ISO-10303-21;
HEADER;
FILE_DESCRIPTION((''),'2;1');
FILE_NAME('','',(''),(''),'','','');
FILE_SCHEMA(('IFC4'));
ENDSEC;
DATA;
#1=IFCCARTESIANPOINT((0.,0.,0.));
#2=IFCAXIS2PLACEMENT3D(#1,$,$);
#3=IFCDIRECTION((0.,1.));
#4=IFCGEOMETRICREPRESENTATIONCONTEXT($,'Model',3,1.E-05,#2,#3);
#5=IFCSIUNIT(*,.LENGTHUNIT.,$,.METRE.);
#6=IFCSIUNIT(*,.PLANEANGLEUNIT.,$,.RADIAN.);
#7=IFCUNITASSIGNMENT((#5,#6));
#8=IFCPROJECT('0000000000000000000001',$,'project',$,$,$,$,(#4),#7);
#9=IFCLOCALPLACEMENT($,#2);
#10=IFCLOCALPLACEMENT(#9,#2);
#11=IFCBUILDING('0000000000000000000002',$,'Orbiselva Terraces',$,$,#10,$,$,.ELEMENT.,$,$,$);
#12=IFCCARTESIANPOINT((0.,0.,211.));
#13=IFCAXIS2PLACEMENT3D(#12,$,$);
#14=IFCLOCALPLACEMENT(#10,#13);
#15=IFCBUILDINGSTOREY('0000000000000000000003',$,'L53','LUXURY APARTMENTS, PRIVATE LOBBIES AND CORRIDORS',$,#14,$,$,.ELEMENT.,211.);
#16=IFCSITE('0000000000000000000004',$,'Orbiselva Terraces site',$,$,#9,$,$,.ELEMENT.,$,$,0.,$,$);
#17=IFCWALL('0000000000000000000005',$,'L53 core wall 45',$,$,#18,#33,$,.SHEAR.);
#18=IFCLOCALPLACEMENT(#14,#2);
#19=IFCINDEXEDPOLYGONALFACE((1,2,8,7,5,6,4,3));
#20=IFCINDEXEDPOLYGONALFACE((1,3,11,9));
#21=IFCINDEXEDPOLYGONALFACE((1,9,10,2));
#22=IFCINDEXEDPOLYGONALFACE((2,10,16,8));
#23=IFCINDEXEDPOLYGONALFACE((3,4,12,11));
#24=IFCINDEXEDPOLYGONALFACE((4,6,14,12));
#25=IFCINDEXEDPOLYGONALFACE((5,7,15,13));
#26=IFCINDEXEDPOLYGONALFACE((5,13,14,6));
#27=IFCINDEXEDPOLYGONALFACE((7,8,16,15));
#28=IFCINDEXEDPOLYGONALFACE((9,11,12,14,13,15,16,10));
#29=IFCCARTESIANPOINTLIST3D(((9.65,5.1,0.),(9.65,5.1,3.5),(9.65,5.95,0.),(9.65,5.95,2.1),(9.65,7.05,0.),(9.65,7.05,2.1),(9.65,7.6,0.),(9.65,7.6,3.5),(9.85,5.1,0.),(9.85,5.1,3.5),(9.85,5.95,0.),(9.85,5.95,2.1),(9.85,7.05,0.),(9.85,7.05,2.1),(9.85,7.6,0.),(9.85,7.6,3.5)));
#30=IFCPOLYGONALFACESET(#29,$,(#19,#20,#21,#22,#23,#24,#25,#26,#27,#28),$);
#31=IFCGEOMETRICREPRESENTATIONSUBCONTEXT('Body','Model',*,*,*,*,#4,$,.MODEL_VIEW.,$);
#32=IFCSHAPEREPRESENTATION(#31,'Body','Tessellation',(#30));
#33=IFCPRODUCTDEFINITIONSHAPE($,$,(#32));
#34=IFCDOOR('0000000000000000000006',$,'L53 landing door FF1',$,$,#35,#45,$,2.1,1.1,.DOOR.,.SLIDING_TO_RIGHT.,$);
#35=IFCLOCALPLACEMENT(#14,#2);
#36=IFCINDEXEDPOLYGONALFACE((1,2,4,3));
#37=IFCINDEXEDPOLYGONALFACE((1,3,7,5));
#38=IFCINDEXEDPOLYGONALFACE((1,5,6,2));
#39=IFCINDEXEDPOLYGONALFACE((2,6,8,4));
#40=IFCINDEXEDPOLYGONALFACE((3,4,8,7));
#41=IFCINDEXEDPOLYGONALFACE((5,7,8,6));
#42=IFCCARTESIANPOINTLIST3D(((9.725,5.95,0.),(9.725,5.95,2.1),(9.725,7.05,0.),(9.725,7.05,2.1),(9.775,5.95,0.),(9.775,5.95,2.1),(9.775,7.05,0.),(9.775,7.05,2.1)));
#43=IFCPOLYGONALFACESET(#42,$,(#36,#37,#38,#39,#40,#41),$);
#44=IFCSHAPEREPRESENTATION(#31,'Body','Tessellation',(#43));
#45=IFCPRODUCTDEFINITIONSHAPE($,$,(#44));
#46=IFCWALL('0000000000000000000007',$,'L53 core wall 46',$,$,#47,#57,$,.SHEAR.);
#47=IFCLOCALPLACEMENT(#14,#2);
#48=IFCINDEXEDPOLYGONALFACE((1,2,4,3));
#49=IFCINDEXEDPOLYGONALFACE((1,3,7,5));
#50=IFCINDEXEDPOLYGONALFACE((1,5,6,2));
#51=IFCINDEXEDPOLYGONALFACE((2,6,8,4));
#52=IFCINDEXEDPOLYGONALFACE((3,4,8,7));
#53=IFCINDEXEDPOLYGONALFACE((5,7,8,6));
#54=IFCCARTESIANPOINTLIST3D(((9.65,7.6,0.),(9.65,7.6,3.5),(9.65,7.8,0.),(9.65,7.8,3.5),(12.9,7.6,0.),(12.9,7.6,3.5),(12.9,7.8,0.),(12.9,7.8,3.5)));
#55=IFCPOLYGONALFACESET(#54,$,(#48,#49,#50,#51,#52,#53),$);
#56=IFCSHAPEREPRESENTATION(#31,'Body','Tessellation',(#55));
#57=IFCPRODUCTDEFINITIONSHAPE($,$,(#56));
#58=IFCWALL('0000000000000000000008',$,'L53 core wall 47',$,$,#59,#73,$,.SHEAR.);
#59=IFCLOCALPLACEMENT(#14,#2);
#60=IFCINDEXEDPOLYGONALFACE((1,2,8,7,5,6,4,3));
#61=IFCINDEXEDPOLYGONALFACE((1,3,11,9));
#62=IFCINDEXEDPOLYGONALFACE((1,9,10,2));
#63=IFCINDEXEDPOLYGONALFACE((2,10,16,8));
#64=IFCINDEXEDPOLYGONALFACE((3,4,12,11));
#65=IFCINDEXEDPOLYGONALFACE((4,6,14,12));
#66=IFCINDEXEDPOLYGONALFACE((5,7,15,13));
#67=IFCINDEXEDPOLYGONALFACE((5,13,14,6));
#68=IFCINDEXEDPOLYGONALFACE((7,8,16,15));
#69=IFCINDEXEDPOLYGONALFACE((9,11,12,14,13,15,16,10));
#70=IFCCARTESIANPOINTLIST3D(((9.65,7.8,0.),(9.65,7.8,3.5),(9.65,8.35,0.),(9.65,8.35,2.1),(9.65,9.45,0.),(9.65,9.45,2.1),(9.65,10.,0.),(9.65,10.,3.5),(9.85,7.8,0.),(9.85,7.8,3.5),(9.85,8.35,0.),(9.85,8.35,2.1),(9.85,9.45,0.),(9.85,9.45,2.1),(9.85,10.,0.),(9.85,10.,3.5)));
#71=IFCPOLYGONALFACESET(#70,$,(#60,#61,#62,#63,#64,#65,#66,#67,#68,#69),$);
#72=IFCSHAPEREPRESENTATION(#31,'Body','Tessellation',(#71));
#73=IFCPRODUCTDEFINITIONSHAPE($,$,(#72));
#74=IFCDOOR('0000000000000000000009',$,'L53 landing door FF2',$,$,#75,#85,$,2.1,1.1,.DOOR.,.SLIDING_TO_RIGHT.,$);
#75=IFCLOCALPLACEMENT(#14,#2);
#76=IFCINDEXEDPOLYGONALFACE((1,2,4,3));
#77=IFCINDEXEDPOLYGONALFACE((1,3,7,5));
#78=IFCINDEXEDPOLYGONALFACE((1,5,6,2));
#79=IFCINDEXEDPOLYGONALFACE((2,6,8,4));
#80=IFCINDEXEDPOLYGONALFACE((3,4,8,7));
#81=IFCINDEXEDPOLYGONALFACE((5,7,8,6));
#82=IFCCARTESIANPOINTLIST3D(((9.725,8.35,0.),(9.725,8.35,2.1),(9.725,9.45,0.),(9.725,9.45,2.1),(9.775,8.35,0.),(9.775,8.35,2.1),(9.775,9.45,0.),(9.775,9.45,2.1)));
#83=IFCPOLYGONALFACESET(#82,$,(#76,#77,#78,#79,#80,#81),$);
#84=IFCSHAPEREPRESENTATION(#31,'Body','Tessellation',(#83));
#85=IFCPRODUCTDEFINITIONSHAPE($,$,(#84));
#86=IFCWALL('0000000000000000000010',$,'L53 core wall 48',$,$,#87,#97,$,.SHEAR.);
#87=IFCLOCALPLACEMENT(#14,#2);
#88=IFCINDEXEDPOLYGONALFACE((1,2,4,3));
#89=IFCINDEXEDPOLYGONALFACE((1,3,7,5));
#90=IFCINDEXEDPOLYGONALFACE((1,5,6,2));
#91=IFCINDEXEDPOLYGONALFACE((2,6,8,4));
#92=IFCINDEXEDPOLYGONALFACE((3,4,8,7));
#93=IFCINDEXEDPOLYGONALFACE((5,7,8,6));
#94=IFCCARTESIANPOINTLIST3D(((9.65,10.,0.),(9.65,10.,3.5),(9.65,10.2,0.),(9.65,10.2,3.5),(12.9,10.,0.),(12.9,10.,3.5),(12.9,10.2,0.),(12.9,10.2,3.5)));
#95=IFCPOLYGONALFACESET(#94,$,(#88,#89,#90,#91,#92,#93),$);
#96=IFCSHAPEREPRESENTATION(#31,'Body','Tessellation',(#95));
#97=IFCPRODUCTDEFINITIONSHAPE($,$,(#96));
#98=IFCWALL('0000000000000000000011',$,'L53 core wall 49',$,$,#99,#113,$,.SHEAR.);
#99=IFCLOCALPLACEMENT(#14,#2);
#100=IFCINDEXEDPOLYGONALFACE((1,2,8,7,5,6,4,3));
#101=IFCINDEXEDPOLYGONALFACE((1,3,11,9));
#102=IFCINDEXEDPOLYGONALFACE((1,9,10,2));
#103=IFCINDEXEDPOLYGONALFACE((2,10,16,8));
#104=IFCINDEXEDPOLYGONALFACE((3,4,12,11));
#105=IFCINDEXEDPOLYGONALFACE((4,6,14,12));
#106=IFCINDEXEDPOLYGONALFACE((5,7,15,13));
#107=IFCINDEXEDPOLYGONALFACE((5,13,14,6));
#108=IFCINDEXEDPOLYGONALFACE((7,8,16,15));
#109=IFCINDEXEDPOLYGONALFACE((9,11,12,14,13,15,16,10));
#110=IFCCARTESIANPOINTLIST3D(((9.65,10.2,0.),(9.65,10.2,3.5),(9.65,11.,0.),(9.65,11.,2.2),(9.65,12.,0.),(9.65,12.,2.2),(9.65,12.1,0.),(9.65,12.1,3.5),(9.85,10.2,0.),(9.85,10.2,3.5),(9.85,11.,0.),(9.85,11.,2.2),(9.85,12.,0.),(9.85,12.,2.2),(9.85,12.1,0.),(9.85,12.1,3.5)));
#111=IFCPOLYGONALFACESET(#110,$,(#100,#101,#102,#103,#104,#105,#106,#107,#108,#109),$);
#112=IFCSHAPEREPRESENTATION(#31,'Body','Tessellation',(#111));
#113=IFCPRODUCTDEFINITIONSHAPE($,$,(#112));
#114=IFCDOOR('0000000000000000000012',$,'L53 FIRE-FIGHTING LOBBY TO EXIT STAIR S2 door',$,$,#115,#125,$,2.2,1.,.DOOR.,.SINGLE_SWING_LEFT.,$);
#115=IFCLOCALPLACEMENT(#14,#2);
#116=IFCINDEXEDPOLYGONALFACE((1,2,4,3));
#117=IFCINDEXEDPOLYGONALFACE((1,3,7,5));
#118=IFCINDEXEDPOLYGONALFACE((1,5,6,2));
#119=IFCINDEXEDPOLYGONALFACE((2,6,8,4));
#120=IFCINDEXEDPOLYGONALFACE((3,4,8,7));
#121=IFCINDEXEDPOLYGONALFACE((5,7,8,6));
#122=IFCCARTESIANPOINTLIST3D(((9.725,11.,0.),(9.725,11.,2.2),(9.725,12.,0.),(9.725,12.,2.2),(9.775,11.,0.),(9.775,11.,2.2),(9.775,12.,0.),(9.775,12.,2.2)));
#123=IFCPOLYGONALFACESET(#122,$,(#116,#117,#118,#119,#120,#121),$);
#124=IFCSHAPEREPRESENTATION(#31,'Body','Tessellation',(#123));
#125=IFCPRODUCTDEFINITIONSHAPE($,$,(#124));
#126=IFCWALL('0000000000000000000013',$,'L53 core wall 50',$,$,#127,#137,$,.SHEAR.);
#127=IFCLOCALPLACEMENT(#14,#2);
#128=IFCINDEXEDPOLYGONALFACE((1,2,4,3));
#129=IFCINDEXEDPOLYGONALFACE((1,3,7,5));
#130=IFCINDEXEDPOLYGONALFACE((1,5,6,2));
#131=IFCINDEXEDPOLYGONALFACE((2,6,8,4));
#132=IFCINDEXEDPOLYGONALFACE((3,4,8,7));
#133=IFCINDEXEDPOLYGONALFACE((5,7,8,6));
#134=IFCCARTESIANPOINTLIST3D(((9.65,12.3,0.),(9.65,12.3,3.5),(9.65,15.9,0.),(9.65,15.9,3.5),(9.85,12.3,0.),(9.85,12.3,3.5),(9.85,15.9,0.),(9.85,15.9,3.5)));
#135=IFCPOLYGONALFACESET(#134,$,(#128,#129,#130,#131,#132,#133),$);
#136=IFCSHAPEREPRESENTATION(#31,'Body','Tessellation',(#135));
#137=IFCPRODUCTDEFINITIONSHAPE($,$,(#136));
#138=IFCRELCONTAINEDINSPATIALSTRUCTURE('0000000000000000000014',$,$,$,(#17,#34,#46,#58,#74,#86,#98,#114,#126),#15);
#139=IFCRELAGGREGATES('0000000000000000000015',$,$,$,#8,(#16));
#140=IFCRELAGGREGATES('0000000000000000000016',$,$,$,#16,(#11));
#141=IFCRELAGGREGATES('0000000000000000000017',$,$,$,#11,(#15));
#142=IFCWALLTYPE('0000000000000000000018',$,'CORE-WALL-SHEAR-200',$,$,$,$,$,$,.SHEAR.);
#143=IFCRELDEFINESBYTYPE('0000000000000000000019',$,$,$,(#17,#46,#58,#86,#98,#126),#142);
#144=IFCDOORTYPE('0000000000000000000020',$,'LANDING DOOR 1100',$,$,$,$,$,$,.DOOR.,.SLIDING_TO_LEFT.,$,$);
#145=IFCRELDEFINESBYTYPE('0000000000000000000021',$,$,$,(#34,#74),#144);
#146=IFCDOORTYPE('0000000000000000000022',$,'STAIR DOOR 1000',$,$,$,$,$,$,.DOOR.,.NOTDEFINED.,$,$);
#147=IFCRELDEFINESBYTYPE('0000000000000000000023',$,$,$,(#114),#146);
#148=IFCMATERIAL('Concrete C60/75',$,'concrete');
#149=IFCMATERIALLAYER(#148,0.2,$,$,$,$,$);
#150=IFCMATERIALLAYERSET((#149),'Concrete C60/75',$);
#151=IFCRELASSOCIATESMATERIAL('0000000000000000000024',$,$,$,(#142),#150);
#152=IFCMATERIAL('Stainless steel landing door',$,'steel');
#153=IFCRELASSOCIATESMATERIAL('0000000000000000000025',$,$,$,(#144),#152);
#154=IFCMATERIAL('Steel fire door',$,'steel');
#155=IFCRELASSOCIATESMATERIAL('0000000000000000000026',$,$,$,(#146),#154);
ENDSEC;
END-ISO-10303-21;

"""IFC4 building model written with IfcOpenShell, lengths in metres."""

from ifc_helpers import new_model, si_unit, direction, frame, frame_2d, origin, place, context, subcontext, project, spatial, rectangle, extrude, material, layer, layer_set, type_object, element, fill, save


model = new_model("IFC4")

# Units and contexts
model_context = context("Model", 3, precision=1e-05, world=origin(), true_north=direction((0.0, 1.0)))
body_context = subcontext(model_context, "Body", "Model", "MODEL_VIEW")
ifc_project = project(units=[si_unit("LENGTHUNIT", "METRE"), si_unit("PLANEANGLEUNIT", "RADIAN")], contexts=[model_context])

# Site, building, storey
site_placement = place(None, origin())
site = spatial("IfcSite", under=ifc_project, at=site_placement, Name="Orbiselva Terraces site", CompositionType="ELEMENT", RefElevation=0.0)
building_placement = place(site_placement, origin())
building = spatial("IfcBuilding", under=site, at=building_placement, Name="Orbiselva Terraces", CompositionType="ELEMENT")
storey_placement = place(building_placement, frame((0.0, 0.0, 211.0)))
storey = spatial("IfcBuildingStorey", under=building, at=storey_placement, Name="L53", Description="LUXURY APARTMENTS, PRIVATE LOBBIES AND CORRIDORS", CompositionType="ELEMENT", Elevation=211.0)

# Shared definitions
ifc_material_1 = material(Name="Steel fire door", Category="steel")

# Shared definitions
ifc_material_2 = material(Name="Concrete C60/75", Category="concrete")
ifc_layer_1 = layer(ifc_material_2, 0.2)
ifc_layer_set_1 = layer_set([ifc_layer_1], Name="Concrete C60/75")
wall_type_1 = type_object("IfcWallType", Name="CORE-WALL-SHEAR-200", PredefinedType="SHEAR", material=ifc_layer_set_1)

# Wall, opening, door
wall_1_placement = place(storey_placement, frame((9.75, 5.1, 0.0), z_axis=(0.0, 0.0, 1.0), x_axis=(0.0, 1.0, 0.0)))
wall_1 = element("IfcWall", 1, at=wall_1_placement, inside=storey, type_object=wall_type_1, Name="L53 core wall 45", PredefinedType="SHEAR", context=body_context, shape_type="SweptSolid", body=[
    extrude(rectangle(XDim=2.5, YDim=0.2, at=frame_2d((1.25, 0.0))), origin(), (0.0, 0.0, 1.0), 3.5),
])
opening_1_placement = place(wall_1_placement, frame((0.85, 0.0, 0.0)))
opening_1 = element("IfcOpeningElement", 2, at=opening_1_placement, cuts=wall_1, PredefinedType="OPENING", context=body_context, shape_type="SweptSolid", body=[
    extrude(rectangle(XDim=1.1, YDim=2.1, at=frame_2d((0.55, 1.05))), frame((0.0, 0.11, 0.0), z_axis=(0.0, -1.0, 0.0), x_axis=(1.0, 0.0, 0.0)), (0.0, 0.0, 1.0), 0.22),
])
ifc_material_3 = material(Name="Stainless steel landing door", Category="steel")
door_type_1 = type_object("IfcDoorType", Name="LANDING DOOR 1100", OperationType="SLIDING_TO_LEFT", PredefinedType="DOOR", material=ifc_material_3)
door_1_placement = place(opening_1_placement, origin())
door_1 = element("IfcDoor", 3, at=door_1_placement, inside=storey, type_object=door_type_1, Name="L53 landing door FF1", OperationType="SLIDING_TO_RIGHT", OverallHeight=2.1, OverallWidth=1.1, PredefinedType="DOOR", context=body_context, shape_type="SweptSolid", body=[
    extrude(rectangle(XDim=1.1, YDim=2.1, at=frame_2d((0.55, 1.05))), frame((0.0, 0.025, 0.0), z_axis=(0.0, -1.0, 0.0), x_axis=(1.0, 0.0, 0.0)), (0.0, 0.0, 1.0), 0.05),
])
fill(opening_1, door_1)

# Wall
wall_2_placement = place(storey_placement, frame((9.65, 7.7, 0.0), z_axis=(0.0, 0.0, 1.0), x_axis=(1.0, 0.0, 0.0)))
element("IfcWall", 4, at=wall_2_placement, inside=storey, type_object=wall_type_1, Name="L53 core wall 46", PredefinedType="SHEAR", context=body_context, shape_type="SweptSolid", body=[
    extrude(rectangle(XDim=3.25, YDim=0.2, at=frame_2d((1.625, 0.0))), origin(), (0.0, 0.0, 1.0), 3.5),
])

# Wall, opening, door
wall_3_placement = place(storey_placement, frame((9.75, 7.8, 0.0), z_axis=(0.0, 0.0, 1.0), x_axis=(0.0, 1.0, 0.0)))
wall_3 = element("IfcWall", 5, at=wall_3_placement, inside=storey, type_object=wall_type_1, Name="L53 core wall 47", PredefinedType="SHEAR", context=body_context, shape_type="SweptSolid", body=[
    extrude(rectangle(XDim=2.2, YDim=0.2, at=frame_2d((1.1, 0.0))), origin(), (0.0, 0.0, 1.0), 3.5),
])
opening_2_placement = place(wall_3_placement, frame((0.55, 0.0, 0.0)))
opening_2 = element("IfcOpeningElement", 6, at=opening_2_placement, cuts=wall_3, PredefinedType="OPENING", context=body_context, shape_type="SweptSolid", body=[
    extrude(rectangle(XDim=1.1, YDim=2.1, at=frame_2d((0.55, 1.05))), frame((0.0, 0.11, 0.0), z_axis=(0.0, -1.0, 0.0), x_axis=(1.0, 0.0, 0.0)), (0.0, 0.0, 1.0), 0.22),
])
door_2_placement = place(opening_2_placement, origin())
door_2 = element("IfcDoor", 7, at=door_2_placement, inside=storey, type_object=door_type_1, Name="L53 landing door FF2", OperationType="SLIDING_TO_RIGHT", OverallHeight=2.1, OverallWidth=1.1, PredefinedType="DOOR", context=body_context, shape_type="SweptSolid", body=[
    extrude(rectangle(XDim=1.1, YDim=2.1, at=frame_2d((0.55, 1.05))), frame((0.0, 0.025, 0.0), z_axis=(0.0, -1.0, 0.0), x_axis=(1.0, 0.0, 0.0)), (0.0, 0.0, 1.0), 0.05),
])
fill(opening_2, door_2)

# Wall
wall_4_placement = place(storey_placement, frame((9.65, 10.1, 0.0), z_axis=(0.0, 0.0, 1.0), x_axis=(1.0, 0.0, 0.0)))
element("IfcWall", 8, at=wall_4_placement, inside=storey, type_object=wall_type_1, Name="L53 core wall 48", PredefinedType="SHEAR", context=body_context, shape_type="SweptSolid", body=[
    extrude(rectangle(XDim=3.25, YDim=0.2, at=frame_2d((1.625, 0.0))), origin(), (0.0, 0.0, 1.0), 3.5),
])

# Wall, opening, door
wall_5_placement = place(storey_placement, frame((9.75, 12.1, 0.0), z_axis=(0.0, 0.0, 1.0), x_axis=(0.0, -1.0, 0.0)))
wall_5 = element("IfcWall", 9, at=wall_5_placement, inside=storey, type_object=wall_type_1, Name="L53 core wall 49", PredefinedType="SHEAR", context=body_context, shape_type="SweptSolid", body=[
    extrude(rectangle(XDim=1.9, YDim=0.2, at=frame_2d((0.95, 0.0))), origin(), (0.0, 0.0, 1.0), 3.5),
])
opening_3_placement = place(wall_5_placement, frame((0.1, 0.0, 0.0)))
opening_3 = element("IfcOpeningElement", 10, at=opening_3_placement, cuts=wall_5, PredefinedType="OPENING", context=body_context, shape_type="SweptSolid", body=[
    extrude(rectangle(XDim=1.0, YDim=2.2, at=frame_2d((0.5, 1.1))), frame((0.0, 0.11, 0.0), z_axis=(0.0, -1.0, 0.0), x_axis=(1.0, 0.0, 0.0)), (0.0, 0.0, 1.0), 0.22),
])
door_type_2 = type_object("IfcDoorType", Name="STAIR DOOR 1000", OperationType="NOTDEFINED", PredefinedType="DOOR", material=ifc_material_1)
door_3_placement = place(opening_3_placement, origin())
door_3 = element("IfcDoor", 11, at=door_3_placement, inside=storey, type_object=door_type_2, Name="L53 FIRE-FIGHTING LOBBY TO EXIT STAIR S2 door", OperationType="SINGLE_SWING_LEFT", OverallHeight=2.2, OverallWidth=1.0, PredefinedType="DOOR", context=body_context, shape_type="SweptSolid", body=[
    extrude(rectangle(XDim=1.0, YDim=2.2, at=frame_2d((0.5, 1.1))), frame((0.0, 0.025, 0.0), z_axis=(0.0, -1.0, 0.0), x_axis=(1.0, 0.0, 0.0)), (0.0, 0.0, 1.0), 0.05),
])
fill(opening_3, door_3)

# Wall
wall_6_placement = place(storey_placement, frame((9.75, 12.3, 0.0), z_axis=(0.0, 0.0, 1.0), x_axis=(0.0, 1.0, 0.0)))
element("IfcWall", 12, at=wall_6_placement, inside=storey, type_object=wall_type_1, Name="L53 core wall 50", PredefinedType="SHEAR", context=body_context, shape_type="SweptSolid", body=[
    extrude(rectangle(XDim=3.6, YDim=0.2, at=frame_2d((1.8, 0.0))), origin(), (0.0, 0.0, 1.0), 3.5),
])

save(model, "model.ifc")
